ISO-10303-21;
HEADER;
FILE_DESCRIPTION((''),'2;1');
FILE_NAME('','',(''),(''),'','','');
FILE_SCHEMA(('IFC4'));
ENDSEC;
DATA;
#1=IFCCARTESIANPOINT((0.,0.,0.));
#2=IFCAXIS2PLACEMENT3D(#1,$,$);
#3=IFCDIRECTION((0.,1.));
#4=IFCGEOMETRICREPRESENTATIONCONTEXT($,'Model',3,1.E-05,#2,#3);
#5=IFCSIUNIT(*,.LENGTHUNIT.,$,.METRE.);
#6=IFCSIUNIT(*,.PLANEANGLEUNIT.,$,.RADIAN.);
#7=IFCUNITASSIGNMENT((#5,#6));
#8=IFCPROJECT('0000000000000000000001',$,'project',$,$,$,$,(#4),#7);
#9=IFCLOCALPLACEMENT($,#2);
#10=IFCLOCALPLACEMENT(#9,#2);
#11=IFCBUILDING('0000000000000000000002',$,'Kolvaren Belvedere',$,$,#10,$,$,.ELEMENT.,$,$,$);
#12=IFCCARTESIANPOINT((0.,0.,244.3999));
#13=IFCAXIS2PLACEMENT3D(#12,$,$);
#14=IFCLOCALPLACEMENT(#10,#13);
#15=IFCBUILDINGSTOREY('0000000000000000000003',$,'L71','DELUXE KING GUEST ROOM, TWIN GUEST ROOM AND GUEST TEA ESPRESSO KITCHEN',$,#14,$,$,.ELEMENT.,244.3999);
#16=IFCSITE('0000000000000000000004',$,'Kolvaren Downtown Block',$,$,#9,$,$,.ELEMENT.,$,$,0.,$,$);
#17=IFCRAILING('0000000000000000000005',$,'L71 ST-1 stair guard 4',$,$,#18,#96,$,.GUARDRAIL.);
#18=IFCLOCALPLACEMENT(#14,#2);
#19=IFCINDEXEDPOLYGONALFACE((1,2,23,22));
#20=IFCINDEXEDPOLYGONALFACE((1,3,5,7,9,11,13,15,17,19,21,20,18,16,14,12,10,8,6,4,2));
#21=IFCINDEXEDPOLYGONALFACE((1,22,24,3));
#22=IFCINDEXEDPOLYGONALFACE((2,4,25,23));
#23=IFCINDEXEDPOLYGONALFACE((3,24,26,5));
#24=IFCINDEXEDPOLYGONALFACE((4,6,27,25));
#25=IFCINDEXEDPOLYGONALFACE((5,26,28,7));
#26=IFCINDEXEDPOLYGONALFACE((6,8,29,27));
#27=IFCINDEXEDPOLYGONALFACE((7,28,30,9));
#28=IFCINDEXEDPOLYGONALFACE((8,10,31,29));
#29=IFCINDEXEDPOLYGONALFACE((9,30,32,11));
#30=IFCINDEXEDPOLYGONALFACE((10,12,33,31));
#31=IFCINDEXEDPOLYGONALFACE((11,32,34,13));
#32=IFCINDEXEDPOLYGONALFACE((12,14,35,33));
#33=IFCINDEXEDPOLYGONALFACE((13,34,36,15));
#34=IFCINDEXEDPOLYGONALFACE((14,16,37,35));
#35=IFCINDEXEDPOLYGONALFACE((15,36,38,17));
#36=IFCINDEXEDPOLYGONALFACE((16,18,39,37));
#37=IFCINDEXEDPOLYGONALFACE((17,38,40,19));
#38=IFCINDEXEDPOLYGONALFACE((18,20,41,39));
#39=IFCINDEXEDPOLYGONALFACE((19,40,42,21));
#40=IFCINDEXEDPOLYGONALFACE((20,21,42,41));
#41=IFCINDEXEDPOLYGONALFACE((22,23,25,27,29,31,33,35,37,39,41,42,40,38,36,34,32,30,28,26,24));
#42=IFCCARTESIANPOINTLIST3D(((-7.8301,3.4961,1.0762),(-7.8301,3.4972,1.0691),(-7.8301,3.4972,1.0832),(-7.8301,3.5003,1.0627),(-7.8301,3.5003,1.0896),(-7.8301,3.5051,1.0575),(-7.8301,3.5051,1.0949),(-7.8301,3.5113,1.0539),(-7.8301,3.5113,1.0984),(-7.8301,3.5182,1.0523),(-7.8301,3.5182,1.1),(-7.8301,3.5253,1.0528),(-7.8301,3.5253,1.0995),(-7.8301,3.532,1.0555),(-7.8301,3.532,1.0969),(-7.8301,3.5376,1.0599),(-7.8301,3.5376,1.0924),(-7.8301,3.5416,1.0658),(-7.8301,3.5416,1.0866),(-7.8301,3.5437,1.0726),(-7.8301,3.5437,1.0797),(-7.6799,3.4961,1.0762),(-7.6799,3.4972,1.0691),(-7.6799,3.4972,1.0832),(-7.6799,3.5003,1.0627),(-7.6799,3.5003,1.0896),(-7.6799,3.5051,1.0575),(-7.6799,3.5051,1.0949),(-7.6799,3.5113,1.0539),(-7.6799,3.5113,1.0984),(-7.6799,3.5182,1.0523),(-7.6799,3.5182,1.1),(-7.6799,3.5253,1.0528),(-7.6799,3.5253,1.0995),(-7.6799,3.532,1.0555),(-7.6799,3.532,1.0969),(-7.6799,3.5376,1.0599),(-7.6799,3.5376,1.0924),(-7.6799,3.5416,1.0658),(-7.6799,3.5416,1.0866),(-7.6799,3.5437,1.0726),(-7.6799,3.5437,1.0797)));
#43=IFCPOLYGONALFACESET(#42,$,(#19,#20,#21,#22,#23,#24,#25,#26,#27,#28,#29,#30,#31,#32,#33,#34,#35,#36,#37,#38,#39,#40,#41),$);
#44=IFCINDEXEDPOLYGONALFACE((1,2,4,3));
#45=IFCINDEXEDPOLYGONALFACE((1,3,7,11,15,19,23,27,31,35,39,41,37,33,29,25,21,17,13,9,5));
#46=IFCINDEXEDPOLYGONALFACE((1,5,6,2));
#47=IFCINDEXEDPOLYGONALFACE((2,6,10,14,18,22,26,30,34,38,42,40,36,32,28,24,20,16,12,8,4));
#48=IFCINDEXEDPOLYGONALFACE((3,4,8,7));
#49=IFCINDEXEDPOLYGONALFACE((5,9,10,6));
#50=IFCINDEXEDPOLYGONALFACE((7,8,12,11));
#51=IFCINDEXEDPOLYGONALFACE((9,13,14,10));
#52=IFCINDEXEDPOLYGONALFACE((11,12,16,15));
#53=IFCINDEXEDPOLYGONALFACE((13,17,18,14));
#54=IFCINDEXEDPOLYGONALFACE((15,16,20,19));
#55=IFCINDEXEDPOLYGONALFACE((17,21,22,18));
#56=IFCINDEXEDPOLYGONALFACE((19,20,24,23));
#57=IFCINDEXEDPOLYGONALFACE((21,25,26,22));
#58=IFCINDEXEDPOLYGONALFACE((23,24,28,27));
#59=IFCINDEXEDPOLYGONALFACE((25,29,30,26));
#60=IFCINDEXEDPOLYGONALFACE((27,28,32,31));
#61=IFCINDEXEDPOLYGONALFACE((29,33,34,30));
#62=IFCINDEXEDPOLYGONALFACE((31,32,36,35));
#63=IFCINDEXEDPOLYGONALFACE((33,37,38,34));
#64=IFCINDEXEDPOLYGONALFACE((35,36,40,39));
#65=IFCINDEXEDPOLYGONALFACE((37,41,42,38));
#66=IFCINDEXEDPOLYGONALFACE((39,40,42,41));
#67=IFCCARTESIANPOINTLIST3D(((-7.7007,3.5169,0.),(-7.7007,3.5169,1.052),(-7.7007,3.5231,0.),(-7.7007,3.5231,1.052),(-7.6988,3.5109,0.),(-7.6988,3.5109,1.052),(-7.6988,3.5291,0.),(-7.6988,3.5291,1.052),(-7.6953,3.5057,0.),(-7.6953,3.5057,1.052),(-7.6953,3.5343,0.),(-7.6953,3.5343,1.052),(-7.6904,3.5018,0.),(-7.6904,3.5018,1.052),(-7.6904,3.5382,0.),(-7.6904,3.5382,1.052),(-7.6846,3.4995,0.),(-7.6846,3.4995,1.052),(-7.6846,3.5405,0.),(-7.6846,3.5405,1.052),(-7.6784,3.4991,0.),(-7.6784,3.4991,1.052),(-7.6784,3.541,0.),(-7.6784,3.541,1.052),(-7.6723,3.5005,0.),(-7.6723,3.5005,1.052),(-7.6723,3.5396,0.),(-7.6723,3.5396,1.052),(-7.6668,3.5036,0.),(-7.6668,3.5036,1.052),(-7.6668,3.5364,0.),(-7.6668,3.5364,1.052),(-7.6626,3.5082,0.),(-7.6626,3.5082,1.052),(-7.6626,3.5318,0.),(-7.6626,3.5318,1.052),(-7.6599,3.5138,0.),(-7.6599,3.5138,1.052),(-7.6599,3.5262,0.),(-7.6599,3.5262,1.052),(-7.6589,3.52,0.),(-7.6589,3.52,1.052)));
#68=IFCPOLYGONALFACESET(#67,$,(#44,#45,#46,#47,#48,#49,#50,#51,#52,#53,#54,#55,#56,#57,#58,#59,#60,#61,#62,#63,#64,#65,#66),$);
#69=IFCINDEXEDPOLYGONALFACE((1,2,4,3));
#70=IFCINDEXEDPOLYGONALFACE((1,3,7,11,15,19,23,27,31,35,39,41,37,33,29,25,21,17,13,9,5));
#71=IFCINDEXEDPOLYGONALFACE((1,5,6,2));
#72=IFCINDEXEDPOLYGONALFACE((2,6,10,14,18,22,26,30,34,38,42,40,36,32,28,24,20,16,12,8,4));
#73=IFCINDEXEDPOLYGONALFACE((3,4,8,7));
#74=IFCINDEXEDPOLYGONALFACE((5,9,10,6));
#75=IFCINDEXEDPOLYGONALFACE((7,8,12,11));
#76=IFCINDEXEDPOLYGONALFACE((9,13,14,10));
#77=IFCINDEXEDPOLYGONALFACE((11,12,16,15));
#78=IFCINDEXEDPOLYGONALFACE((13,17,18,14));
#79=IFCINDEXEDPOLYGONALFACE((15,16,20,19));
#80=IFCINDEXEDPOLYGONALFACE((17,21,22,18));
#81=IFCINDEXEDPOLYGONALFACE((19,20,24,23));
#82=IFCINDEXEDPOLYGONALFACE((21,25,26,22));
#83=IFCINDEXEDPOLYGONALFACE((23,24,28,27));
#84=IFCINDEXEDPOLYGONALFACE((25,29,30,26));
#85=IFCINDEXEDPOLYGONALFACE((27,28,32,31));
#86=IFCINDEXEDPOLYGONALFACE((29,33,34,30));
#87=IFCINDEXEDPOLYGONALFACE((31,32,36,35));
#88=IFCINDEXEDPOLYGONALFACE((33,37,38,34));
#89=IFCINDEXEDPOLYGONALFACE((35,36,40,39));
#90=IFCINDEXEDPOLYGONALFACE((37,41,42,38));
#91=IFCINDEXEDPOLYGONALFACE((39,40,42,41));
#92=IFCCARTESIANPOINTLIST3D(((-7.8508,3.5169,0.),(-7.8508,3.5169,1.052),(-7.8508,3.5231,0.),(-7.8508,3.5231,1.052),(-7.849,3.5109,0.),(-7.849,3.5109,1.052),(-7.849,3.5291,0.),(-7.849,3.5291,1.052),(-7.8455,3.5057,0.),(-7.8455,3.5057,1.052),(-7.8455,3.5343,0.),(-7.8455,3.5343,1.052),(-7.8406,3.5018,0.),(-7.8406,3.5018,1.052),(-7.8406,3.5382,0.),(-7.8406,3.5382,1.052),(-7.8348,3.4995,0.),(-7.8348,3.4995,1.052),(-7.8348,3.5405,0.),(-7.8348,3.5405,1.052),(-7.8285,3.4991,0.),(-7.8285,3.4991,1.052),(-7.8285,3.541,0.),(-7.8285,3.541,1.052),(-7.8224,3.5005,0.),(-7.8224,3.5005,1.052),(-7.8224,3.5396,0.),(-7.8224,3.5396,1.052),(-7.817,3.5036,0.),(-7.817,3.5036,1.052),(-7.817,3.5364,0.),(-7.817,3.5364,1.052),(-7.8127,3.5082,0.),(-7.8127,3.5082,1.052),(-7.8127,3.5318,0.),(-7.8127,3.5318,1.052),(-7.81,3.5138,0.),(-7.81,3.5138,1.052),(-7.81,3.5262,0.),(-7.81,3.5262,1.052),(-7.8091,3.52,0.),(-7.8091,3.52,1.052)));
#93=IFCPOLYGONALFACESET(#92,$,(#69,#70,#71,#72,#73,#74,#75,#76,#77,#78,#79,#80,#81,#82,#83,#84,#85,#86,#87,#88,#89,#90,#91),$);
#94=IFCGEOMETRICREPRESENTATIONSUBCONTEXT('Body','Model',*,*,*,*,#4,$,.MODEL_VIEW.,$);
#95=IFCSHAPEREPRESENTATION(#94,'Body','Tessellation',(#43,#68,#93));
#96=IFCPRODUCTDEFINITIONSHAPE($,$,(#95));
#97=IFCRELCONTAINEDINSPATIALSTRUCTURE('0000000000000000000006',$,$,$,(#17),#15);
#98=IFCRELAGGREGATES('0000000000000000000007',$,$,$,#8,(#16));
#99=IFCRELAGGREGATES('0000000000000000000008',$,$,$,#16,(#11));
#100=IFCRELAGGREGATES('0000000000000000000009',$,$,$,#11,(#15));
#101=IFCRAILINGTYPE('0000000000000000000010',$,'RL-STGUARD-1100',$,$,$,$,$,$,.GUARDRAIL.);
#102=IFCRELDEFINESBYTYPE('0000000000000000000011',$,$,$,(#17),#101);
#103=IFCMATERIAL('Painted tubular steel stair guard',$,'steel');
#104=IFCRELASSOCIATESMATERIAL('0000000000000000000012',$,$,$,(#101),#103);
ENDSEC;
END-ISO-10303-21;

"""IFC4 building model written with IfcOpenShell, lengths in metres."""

from ifc_helpers import new_model, si_unit, direction, frame, origin, origin_2d, place, context, subcontext, project, spatial, circle, extrude, material, type_object, element, save


model = new_model("IFC4")

# Units and contexts
model_context = context("Model", 3, precision=1e-05, world=origin(), true_north=direction((0.0, 1.0)))
body_context = subcontext(model_context, "Body", "Model", "MODEL_VIEW")
ifc_project = project(units=[si_unit("LENGTHUNIT", "METRE"), si_unit("PLANEANGLEUNIT", "RADIAN")], contexts=[model_context])

# Site, building, storey
site_placement = place(None, origin())
site = spatial("IfcSite", under=ifc_project, at=site_placement, Name="Kolvaren Downtown Block", CompositionType="ELEMENT", RefElevation=0.0)
building_placement = place(site_placement, origin())
building = spatial("IfcBuilding", under=site, at=building_placement, Name="Kolvaren Belvedere", CompositionType="ELEMENT")
storey_placement = place(building_placement, frame((0.0, 0.0, 244.3999)))
storey = spatial("IfcBuildingStorey", under=building, at=storey_placement, Name="L71", Description="DELUXE KING GUEST ROOM, TWIN GUEST ROOM AND GUEST TEA ESPRESSO KITCHEN", CompositionType="ELEMENT", Elevation=244.3999)

# Railing
ifc_material_1 = material(Name="Painted tubular steel stair guard", Category="steel")
railing_type_1 = type_object("IfcRailingType", Name="RL-STGUARD-1100", PredefinedType="GUARDRAIL", material=ifc_material_1)
railing_1_placement = place(storey_placement, frame((-7.6799, 3.52, 0.0)))
element("IfcRailing", 1, at=railing_1_placement, inside=storey, type_object=railing_type_1, Name="L71 ST-1 stair guard 4", PredefinedType="GUARDRAIL", context=body_context, shape_type="SweptSolid", body=[
    extrude(circle(Radius=0.0239, at=origin_2d()), frame((0.0, 0.0, 1.0762), z_axis=(-1.0, 0.0, 0.0), x_axis=(0.0, -1.0, 0.0)), (0.0, 0.0, 1.0), 0.1501),
    extrude(circle(Radius=0.021, at=origin_2d()), origin(), (0.0, 0.0, 1.0), 1.052),
    extrude(circle(Radius=0.021, at=origin_2d()), frame((-0.1501, 0.0, 0.0)), (0.0, 0.0, 1.0), 1.052),
])

save(model, "model.ifc")
